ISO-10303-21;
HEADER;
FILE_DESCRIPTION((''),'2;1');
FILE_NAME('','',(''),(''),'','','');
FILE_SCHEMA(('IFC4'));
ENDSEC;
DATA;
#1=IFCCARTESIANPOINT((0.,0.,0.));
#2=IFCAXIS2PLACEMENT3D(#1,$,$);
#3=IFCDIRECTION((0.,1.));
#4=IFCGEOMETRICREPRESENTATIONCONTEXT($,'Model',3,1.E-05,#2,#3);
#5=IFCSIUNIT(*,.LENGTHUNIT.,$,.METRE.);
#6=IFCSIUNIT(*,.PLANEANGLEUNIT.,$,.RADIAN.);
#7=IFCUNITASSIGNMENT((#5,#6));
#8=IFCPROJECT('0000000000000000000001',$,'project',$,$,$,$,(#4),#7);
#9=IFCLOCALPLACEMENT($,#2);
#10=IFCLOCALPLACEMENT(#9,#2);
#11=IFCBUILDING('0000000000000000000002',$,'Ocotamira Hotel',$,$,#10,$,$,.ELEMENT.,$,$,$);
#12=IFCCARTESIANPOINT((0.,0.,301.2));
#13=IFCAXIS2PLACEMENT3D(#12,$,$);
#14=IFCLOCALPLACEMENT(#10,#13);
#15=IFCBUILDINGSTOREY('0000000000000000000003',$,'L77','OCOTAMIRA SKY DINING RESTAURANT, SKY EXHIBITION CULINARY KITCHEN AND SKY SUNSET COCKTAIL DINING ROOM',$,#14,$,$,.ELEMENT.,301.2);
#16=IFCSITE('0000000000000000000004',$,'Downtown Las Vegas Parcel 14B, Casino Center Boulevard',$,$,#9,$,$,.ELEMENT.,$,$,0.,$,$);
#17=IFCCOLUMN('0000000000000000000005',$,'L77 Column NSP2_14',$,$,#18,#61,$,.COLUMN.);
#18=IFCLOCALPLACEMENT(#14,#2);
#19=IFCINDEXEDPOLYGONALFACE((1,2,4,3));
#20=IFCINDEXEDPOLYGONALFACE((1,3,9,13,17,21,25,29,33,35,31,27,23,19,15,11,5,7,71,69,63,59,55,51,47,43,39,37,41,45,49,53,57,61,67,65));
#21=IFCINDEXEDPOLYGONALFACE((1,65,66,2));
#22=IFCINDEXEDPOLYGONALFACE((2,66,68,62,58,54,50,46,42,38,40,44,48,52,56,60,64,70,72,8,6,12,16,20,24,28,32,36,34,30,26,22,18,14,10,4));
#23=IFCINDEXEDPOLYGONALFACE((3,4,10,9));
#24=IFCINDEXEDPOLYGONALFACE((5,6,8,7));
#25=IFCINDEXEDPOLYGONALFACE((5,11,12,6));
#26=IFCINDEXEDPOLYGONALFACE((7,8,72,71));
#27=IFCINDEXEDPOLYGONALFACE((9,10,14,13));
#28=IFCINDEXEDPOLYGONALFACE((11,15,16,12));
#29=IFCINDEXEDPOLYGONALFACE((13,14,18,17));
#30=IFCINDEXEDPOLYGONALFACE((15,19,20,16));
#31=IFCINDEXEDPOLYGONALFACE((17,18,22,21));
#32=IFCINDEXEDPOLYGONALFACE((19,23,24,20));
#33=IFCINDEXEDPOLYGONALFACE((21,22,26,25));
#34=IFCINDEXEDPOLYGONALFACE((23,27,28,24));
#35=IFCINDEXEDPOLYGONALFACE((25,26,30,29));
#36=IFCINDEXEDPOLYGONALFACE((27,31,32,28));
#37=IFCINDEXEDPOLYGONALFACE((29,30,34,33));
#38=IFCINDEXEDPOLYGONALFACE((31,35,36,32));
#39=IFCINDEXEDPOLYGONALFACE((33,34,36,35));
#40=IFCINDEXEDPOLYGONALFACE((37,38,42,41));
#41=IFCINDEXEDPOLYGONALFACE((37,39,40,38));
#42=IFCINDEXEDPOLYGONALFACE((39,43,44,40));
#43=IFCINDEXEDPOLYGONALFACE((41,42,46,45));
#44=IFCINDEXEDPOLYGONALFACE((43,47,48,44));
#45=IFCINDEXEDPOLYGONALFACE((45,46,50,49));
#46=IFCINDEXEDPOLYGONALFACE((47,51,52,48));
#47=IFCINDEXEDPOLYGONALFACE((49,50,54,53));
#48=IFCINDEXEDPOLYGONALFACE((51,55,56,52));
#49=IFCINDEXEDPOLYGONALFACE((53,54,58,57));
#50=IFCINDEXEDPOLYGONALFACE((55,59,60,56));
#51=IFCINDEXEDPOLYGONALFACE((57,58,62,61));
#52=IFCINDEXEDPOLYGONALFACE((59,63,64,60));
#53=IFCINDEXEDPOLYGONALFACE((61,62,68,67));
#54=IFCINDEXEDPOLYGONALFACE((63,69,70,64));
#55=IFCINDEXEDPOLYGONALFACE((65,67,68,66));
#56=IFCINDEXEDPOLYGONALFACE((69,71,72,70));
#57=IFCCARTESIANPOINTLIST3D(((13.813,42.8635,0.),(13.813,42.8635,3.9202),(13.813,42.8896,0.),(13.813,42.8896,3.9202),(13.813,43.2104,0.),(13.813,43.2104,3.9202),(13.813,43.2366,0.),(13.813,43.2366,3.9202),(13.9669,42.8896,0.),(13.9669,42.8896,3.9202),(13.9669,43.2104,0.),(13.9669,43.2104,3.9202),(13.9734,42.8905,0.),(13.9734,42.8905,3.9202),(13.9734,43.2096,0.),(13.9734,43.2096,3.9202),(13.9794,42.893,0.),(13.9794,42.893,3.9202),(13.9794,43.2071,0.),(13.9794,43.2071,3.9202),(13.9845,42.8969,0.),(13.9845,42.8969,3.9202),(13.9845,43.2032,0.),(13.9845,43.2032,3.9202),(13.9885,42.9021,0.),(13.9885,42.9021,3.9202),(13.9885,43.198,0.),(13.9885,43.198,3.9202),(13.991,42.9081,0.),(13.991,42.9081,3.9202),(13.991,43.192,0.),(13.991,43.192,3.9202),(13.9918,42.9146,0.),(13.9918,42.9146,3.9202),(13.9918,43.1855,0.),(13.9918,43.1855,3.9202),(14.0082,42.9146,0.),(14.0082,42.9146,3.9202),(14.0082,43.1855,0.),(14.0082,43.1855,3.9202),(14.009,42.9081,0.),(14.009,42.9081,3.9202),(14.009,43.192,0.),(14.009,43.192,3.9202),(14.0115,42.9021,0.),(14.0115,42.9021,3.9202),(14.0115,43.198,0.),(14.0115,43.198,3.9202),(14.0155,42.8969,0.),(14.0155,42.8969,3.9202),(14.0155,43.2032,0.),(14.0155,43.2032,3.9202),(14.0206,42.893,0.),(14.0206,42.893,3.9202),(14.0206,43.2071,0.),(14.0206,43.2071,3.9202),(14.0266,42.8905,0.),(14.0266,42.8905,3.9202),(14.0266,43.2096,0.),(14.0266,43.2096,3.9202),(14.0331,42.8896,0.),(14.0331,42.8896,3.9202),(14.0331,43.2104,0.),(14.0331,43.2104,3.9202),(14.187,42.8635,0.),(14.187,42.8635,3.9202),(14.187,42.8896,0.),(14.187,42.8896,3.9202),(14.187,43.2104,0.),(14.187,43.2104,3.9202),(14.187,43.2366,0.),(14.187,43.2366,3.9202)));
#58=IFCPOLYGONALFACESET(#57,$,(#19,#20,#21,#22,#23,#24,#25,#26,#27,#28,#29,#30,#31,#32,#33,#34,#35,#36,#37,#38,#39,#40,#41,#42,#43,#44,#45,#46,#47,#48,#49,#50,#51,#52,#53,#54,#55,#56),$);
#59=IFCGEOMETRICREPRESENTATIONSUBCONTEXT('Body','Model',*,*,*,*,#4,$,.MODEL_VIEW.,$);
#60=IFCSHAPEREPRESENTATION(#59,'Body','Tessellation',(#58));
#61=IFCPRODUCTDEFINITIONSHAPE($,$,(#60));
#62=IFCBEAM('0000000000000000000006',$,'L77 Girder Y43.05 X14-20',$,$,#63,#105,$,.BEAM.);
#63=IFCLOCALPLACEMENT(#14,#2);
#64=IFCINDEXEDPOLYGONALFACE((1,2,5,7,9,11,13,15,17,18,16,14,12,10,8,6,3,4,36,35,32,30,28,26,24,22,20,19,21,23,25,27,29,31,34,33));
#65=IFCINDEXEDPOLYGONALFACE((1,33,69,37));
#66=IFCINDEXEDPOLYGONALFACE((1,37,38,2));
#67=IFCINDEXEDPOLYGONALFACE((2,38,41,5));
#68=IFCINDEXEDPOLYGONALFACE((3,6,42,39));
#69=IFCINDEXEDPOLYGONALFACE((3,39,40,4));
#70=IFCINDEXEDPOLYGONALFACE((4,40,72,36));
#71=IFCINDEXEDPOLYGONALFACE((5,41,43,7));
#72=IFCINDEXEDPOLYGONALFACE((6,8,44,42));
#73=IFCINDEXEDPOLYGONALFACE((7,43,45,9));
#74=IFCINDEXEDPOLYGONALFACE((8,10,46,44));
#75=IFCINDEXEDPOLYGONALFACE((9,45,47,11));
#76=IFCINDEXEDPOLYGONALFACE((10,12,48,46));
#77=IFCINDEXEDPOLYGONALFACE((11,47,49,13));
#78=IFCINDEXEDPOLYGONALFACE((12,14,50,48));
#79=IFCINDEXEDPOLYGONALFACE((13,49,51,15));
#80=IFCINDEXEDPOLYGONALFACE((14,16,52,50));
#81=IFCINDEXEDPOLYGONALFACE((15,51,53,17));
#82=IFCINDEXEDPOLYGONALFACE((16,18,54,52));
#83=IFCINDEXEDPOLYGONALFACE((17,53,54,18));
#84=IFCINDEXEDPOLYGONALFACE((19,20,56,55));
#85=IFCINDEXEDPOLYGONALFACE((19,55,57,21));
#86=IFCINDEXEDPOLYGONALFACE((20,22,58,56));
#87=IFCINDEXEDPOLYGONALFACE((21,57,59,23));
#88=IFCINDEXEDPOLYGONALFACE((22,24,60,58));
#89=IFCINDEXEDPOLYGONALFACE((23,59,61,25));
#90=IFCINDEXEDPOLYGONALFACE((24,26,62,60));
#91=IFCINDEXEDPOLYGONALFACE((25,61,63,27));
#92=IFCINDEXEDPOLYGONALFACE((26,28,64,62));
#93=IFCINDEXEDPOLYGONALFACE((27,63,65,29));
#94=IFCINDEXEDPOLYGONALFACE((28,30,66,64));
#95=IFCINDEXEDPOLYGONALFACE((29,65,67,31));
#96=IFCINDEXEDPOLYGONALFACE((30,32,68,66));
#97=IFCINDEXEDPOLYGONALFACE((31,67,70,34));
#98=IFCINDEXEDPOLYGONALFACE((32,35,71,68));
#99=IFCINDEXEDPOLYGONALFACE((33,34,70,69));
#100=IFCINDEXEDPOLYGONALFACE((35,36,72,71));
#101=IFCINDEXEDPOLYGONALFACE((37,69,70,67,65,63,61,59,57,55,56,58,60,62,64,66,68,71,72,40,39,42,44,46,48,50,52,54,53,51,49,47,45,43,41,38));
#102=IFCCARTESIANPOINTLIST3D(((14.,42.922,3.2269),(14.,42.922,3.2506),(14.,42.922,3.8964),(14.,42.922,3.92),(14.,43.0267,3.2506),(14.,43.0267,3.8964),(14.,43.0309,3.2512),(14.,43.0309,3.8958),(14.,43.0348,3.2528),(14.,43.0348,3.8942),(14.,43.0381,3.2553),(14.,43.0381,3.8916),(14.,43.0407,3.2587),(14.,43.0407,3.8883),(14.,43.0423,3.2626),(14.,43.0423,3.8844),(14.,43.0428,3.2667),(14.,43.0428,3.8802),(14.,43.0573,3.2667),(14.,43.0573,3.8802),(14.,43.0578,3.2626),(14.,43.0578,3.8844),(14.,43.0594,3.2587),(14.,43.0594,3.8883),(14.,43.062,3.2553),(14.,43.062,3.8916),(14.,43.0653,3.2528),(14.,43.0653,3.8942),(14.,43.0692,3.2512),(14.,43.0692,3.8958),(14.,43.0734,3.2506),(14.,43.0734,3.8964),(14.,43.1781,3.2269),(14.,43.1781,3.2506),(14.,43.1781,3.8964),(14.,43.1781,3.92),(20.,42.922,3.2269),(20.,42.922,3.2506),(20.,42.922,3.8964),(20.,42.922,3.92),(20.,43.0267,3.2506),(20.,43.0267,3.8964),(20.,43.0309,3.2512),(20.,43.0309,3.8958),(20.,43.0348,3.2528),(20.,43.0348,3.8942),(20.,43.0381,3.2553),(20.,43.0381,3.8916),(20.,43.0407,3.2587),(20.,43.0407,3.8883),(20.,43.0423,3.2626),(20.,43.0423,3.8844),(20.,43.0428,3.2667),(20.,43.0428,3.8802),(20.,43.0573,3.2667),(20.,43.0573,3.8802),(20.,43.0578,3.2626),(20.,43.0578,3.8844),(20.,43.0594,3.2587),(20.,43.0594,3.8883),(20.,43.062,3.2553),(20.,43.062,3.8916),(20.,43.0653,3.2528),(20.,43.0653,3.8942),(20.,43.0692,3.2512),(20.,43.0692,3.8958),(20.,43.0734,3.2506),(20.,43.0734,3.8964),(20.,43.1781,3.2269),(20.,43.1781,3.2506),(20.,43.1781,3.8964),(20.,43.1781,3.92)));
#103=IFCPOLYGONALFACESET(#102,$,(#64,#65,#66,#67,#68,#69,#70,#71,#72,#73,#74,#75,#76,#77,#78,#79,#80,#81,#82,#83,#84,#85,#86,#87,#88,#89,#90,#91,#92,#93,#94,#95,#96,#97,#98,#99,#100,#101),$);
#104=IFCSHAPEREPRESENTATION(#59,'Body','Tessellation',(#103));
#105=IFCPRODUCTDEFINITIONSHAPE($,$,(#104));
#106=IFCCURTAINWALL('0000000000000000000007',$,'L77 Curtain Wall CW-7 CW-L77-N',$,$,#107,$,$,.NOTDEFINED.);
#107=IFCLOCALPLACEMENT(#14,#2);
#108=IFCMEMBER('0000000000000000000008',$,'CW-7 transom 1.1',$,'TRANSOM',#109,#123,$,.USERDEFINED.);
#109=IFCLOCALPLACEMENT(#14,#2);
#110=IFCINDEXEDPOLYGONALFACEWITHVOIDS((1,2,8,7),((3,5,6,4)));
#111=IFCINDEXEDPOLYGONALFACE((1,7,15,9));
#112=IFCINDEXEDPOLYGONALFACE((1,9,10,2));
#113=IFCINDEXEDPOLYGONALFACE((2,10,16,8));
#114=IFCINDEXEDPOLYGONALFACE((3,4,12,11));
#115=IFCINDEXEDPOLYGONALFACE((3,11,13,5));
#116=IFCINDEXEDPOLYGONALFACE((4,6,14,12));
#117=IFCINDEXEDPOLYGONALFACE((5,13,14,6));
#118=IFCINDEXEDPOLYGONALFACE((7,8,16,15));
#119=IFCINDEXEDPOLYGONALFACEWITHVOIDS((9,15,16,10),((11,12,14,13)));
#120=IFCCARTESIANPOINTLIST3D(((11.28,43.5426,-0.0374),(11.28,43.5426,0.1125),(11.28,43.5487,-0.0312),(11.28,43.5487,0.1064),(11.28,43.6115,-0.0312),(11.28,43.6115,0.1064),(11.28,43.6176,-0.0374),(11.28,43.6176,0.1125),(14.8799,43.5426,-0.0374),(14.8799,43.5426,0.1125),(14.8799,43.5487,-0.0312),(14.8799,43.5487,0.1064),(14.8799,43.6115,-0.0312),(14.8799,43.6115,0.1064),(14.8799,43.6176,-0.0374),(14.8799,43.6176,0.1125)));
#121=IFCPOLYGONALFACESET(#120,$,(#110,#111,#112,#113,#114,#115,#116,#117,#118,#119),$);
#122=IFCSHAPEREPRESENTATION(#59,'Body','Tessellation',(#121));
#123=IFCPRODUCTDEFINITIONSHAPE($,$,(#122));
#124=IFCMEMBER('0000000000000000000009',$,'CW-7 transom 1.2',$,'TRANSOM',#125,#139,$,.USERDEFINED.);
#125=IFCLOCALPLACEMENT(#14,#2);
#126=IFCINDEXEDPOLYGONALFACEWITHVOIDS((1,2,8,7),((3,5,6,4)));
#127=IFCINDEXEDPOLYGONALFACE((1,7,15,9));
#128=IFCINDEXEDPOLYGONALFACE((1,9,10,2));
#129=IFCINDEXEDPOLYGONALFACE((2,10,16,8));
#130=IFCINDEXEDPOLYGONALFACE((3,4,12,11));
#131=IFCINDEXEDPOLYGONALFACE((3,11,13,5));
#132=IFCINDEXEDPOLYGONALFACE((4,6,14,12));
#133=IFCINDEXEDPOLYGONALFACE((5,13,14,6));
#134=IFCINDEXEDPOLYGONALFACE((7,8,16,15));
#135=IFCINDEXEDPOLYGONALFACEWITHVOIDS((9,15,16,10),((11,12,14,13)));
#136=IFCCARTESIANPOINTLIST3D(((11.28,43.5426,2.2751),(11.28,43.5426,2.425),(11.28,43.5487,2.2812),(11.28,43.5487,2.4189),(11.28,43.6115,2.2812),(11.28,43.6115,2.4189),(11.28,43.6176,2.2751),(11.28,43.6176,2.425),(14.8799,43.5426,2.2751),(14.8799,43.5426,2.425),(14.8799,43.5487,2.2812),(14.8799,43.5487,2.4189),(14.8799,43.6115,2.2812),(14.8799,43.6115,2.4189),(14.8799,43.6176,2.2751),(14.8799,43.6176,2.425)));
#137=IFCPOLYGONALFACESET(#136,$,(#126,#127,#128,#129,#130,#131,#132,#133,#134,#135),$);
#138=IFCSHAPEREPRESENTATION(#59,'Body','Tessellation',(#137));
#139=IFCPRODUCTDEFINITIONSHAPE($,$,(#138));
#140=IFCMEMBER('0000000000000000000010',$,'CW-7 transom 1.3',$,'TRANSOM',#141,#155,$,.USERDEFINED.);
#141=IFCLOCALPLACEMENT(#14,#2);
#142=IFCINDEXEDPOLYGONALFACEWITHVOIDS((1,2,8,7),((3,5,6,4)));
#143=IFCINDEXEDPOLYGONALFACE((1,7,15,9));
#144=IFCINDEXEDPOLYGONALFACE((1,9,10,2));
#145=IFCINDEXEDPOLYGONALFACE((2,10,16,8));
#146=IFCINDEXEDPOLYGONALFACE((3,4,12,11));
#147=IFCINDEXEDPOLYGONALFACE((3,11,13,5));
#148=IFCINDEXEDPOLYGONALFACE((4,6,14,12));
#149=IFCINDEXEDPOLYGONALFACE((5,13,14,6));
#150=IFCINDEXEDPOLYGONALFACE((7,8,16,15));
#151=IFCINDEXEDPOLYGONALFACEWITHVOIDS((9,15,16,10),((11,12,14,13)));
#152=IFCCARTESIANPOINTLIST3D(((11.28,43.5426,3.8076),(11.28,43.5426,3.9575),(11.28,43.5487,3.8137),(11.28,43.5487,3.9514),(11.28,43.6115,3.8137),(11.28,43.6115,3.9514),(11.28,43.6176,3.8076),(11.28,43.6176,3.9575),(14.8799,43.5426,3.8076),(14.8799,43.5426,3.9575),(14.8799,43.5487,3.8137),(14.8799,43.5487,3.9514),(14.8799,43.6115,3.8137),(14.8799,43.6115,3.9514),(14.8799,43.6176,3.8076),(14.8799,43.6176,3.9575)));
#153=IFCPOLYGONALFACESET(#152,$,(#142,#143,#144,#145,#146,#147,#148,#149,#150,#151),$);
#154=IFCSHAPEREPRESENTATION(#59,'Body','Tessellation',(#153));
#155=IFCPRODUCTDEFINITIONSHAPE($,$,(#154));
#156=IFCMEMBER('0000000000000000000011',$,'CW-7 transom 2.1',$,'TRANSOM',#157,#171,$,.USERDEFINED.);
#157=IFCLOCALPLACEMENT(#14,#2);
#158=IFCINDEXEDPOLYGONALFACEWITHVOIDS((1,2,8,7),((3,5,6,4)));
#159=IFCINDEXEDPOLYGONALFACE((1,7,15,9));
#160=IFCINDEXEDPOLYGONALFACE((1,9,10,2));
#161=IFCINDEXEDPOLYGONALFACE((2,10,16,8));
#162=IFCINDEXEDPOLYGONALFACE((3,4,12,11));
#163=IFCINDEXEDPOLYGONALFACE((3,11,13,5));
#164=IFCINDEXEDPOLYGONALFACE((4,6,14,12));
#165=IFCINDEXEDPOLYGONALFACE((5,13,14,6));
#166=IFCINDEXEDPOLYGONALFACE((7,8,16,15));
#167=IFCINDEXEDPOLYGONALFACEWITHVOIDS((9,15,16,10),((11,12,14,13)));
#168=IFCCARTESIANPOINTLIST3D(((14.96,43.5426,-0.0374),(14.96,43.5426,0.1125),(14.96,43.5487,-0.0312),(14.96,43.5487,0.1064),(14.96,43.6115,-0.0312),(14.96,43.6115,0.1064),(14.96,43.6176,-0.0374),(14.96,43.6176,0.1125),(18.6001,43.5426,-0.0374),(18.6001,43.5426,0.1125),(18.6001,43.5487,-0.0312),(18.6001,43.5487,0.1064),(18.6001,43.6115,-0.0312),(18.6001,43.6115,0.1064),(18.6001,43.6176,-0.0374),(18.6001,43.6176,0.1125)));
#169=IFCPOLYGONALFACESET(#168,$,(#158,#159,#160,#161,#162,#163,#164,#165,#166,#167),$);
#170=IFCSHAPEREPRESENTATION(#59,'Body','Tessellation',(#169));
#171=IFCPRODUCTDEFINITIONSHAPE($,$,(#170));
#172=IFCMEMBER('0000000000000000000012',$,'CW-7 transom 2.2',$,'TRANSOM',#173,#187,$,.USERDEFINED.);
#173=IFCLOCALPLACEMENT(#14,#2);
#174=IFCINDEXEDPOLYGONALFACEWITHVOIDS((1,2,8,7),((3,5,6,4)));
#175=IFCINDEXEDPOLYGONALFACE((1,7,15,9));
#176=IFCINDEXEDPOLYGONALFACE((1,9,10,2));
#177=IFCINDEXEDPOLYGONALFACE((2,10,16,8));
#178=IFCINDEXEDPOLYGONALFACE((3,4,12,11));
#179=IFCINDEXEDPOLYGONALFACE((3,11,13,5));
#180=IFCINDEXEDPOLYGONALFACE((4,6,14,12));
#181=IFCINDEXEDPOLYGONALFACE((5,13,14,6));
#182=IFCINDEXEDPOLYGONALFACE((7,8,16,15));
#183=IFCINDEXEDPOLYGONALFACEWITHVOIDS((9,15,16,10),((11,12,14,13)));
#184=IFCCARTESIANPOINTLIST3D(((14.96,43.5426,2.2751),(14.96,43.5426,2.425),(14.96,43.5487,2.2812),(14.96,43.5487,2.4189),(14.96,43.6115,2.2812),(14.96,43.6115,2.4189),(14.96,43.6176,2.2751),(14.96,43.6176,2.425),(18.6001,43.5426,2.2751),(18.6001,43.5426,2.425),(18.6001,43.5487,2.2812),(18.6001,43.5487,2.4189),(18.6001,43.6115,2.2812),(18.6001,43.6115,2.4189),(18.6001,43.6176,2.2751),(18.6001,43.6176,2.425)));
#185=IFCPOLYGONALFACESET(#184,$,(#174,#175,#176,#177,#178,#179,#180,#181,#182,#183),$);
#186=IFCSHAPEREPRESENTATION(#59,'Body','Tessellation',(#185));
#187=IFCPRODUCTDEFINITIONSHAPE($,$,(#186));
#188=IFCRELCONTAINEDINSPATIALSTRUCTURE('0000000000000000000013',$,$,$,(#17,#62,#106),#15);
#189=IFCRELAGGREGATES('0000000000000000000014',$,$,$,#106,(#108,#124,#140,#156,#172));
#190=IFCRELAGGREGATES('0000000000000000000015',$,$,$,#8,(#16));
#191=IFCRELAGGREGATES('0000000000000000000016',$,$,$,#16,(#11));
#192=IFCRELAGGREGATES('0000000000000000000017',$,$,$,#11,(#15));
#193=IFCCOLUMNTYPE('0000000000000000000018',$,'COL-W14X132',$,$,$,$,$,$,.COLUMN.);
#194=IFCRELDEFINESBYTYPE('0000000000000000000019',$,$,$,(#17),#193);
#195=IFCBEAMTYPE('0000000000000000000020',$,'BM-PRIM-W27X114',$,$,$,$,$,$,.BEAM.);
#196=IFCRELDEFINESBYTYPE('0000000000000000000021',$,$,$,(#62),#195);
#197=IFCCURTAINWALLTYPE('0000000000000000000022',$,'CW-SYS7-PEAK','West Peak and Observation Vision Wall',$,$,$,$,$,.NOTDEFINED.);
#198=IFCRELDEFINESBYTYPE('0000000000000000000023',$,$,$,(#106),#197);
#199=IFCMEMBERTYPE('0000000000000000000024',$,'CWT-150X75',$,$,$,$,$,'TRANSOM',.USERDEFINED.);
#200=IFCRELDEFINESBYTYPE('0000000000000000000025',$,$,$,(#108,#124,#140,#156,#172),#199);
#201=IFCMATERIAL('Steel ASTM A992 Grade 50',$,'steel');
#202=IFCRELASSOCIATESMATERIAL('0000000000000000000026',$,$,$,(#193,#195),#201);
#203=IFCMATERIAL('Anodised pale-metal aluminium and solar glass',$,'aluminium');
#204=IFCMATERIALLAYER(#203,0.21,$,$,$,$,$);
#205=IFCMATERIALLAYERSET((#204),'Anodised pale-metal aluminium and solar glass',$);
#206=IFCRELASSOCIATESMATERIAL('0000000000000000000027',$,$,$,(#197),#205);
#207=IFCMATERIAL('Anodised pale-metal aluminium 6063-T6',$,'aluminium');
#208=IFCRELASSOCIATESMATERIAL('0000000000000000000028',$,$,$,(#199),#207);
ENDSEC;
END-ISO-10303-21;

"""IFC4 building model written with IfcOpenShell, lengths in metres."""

from ifc_helpers import new_model, si_unit, direction, frame, origin, origin_2d, place, context, subcontext, project, spatial, hollow_rectangle, i_section, extrude, source, transform, mapped, material, layer, layer_set, material_profile, profile_set, type_object, element, aggregate, save


model = new_model("IFC4")

# Units and contexts
model_context = context("Model", 3, precision=1e-05, world=origin(), true_north=direction((0.0, 1.0)))
body_context = subcontext(model_context, "Body", "Model", "MODEL_VIEW")
ifc_project = project(units=[si_unit("LENGTHUNIT", "METRE"), si_unit("PLANEANGLEUNIT", "RADIAN")], contexts=[model_context])

# Site, building, storey
site_placement = place(None, origin())
site = spatial("IfcSite", under=ifc_project, at=site_placement, Name="Downtown Las Vegas Parcel 14B, Casino Center Boulevard", CompositionType="ELEMENT", RefElevation=0.0)
building_placement = place(site_placement, origin())
building = spatial("IfcBuilding", under=site, at=building_placement, Name="Ocotamira Hotel", CompositionType="ELEMENT")
storey_placement = place(building_placement, frame((0.0, 0.0, 301.2)))
storey = spatial("IfcBuildingStorey", under=building, at=storey_placement, Name="L77", Description="OCOTAMIRA SKY DINING RESTAURANT, SKY EXHIBITION CULINARY KITCHEN AND SKY SUNSET COCKTAIL DINING ROOM", CompositionType="ELEMENT", Elevation=301.2)

# Column
ifc_material_1 = material(Name="Steel ASTM A992 Grade 50", Category="steel")
ifc_material_profile_1 = material_profile(ifc_material_1, i_section(OverallWidth=0.374, OverallDepth=0.373, WebThickness=0.0164, FlangeThickness=0.0261, FilletRadius=0.0249, at=origin_2d()), Name="W14X132")
ifc_profile_set_1 = profile_set([ifc_material_profile_1], Name="Steel ASTM A992 Grade 50")
column_type = type_object("IfcColumnType", Name="COL-W14X132", PredefinedType="COLUMN", material=ifc_profile_set_1)
shared_shape_1 = source(origin(), body_context, "Body", "SweptSolid", [
    extrude(i_section(OverallWidth=0.374, OverallDepth=0.373, WebThickness=0.0164, FlangeThickness=0.0261, FilletRadius=0.0249, at=origin_2d()), origin(), (0.0, 0.0, 1.0), 3.9202),
])
column_placement = place(storey_placement, frame((14.0, 43.05, 0.0), z_axis=(0.0, 0.0, 1.0), x_axis=(1.0, 0.0, 0.0)))
element("IfcColumn", 1, at=column_placement, inside=storey, type_object=column_type, Name="L77 Column NSP2_14", PredefinedType="COLUMN", context=body_context, shape_type="MappedRepresentation", body=[
    mapped(shared_shape_1, transform((0.0, 0.0, 0.0), scale=1.0)),
])

# Beam
ifc_material_profile_2 = material_profile(ifc_material_1, i_section(OverallWidth=0.2561, OverallDepth=0.6931, WebThickness=0.0144, FlangeThickness=0.0237, FilletRadius=0.0161, at=origin_2d()), Name="W27X114")
ifc_profile_set_2 = profile_set([ifc_material_profile_2], Name="Steel ASTM A992 Grade 50")
beam_type = type_object("IfcBeamType", Name="BM-PRIM-W27X114", PredefinedType="BEAM", material=ifc_profile_set_2)
shared_shape_2 = source(origin(), body_context, "Body", "SweptSolid", [
    extrude(i_section(OverallWidth=0.2561, OverallDepth=0.6931, WebThickness=0.0144, FlangeThickness=0.0237, FilletRadius=0.0161, at=origin_2d()), origin(), (0.0, 0.0, 1.0), 6.0),
])
beam_placement = place(storey_placement, frame((14.0, 43.05, 3.5735), z_axis=(1.0, 0.0, 0.0), x_axis=(0.0, 1.0, 0.0)))
element("IfcBeam", 2, at=beam_placement, inside=storey, type_object=beam_type, Name="L77 Girder Y43.05 X14-20", PredefinedType="BEAM", context=body_context, shape_type="MappedRepresentation", body=[
    mapped(shared_shape_2, transform((0.0, 0.0, 0.0), scale=1.0)),
])

# Curtain wall, members
ifc_material_2 = material(Name="Anodised pale-metal aluminium and solar glass", Category="aluminium")
ifc_layer_1 = layer(ifc_material_2, 0.21)
ifc_layer_set_1 = layer_set([ifc_layer_1], Name="Anodised pale-metal aluminium and solar glass")
curtain_wall_type = type_object("IfcCurtainWallType", Name="CW-SYS7-PEAK", Description="West Peak and Observation Vision Wall", PredefinedType="NOTDEFINED", material=ifc_layer_set_1)
curtain_wall_placement = place(storey_placement, origin())
curtain_wall = element("IfcCurtainWall", 3, at=curtain_wall_placement, inside=storey, type_object=curtain_wall_type, Name="L77 Curtain Wall CW-7 CW-L77-N", PredefinedType="NOTDEFINED")
ifc_material_3 = material(Name="Anodised pale-metal aluminium 6063-T6", Category="aluminium")
ifc_material_profile_3 = material_profile(ifc_material_3, hollow_rectangle(XDim=0.075, YDim=0.1499, WallThickness=0.0061, at=origin_2d()), Name="HSS150X75X6")
ifc_profile_set_3 = profile_set([ifc_material_profile_3], Name="Anodised pale-metal aluminium 6063-T6")
member_type_1 = type_object("IfcMemberType", Name="CWT-150X75", ElementType="TRANSOM", PredefinedType="USERDEFINED", material=ifc_profile_set_3)
shared_shape_3 = source(origin(), body_context, "Body", "SweptSolid", [
    extrude(hollow_rectangle(XDim=0.075, YDim=0.1499, WallThickness=0.0061, at=origin_2d()), origin(), (0.0, 0.0, 1.0), 3.5999),
])
member_1_placement = place(storey_placement, frame((11.28, 43.5801, 0.0376), z_axis=(1.0, 0.0, 0.0), x_axis=(0.0, 1.0, 0.0)))
member_1 = element("IfcMember", 4, at=member_1_placement, type_object=member_type_1, Name="CW-7 transom 1.1", ObjectType="TRANSOM", PredefinedType="USERDEFINED", context=body_context, shape_type="MappedRepresentation", body=[
    mapped(shared_shape_3, transform((0.0, 0.0, 0.0), scale=1.0)),
])
member_2_placement = place(storey_placement, frame((11.28, 43.5801, 2.3501), z_axis=(1.0, 0.0, 0.0), x_axis=(0.0, 1.0, 0.0)))
member_2 = element("IfcMember", 5, at=member_2_placement, type_object=member_type_1, Name="CW-7 transom 1.2", ObjectType="TRANSOM", PredefinedType="USERDEFINED", context=body_context, shape_type="MappedRepresentation", body=[
    mapped(shared_shape_3, transform((0.0, 0.0, 0.0), scale=1.0)),
])
member_3_placement = place(storey_placement, frame((11.28, 43.5801, 3.8826), z_axis=(1.0, 0.0, 0.0), x_axis=(0.0, 1.0, 0.0)))
member_3 = element("IfcMember", 6, at=member_3_placement, type_object=member_type_1, Name="CW-7 transom 1.3", ObjectType="TRANSOM", PredefinedType="USERDEFINED", context=body_context, shape_type="MappedRepresentation", body=[
    mapped(shared_shape_3, transform((0.0, 0.0, 0.0), scale=1.0)),
])
shared_shape_4 = source(origin(), body_context, "Body", "SweptSolid", [
    extrude(hollow_rectangle(XDim=0.075, YDim=0.1499, WallThickness=0.0061, at=origin_2d()), origin(), (0.0, 0.0, 1.0), 3.6401),
])
member_4_placement = place(storey_placement, frame((14.96, 43.5801, 0.0376), z_axis=(1.0, 0.0, 0.0), x_axis=(0.0, 1.0, 0.0)))
member_4 = element("IfcMember", 7, at=member_4_placement, type_object=member_type_1, Name="CW-7 transom 2.1", ObjectType="TRANSOM", PredefinedType="USERDEFINED", context=body_context, shape_type="MappedRepresentation", body=[
    mapped(shared_shape_4, transform((0.0, 0.0, 0.0), scale=1.0)),
])
member_5_placement = place(storey_placement, frame((14.96, 43.5801, 2.3501), z_axis=(1.0, 0.0, 0.0), x_axis=(0.0, 1.0, 0.0)))
member_5 = element("IfcMember", 8, at=member_5_placement, type_object=member_type_1, Name="CW-7 transom 2.2", ObjectType="TRANSOM", PredefinedType="USERDEFINED", context=body_context, shape_type="MappedRepresentation", body=[
    mapped(shared_shape_4, transform((0.0, 0.0, 0.0), scale=1.0)),
])
aggregate(curtain_wall, [member_1, member_2, member_3, member_4, member_5])

save(model, "model.ifc")
